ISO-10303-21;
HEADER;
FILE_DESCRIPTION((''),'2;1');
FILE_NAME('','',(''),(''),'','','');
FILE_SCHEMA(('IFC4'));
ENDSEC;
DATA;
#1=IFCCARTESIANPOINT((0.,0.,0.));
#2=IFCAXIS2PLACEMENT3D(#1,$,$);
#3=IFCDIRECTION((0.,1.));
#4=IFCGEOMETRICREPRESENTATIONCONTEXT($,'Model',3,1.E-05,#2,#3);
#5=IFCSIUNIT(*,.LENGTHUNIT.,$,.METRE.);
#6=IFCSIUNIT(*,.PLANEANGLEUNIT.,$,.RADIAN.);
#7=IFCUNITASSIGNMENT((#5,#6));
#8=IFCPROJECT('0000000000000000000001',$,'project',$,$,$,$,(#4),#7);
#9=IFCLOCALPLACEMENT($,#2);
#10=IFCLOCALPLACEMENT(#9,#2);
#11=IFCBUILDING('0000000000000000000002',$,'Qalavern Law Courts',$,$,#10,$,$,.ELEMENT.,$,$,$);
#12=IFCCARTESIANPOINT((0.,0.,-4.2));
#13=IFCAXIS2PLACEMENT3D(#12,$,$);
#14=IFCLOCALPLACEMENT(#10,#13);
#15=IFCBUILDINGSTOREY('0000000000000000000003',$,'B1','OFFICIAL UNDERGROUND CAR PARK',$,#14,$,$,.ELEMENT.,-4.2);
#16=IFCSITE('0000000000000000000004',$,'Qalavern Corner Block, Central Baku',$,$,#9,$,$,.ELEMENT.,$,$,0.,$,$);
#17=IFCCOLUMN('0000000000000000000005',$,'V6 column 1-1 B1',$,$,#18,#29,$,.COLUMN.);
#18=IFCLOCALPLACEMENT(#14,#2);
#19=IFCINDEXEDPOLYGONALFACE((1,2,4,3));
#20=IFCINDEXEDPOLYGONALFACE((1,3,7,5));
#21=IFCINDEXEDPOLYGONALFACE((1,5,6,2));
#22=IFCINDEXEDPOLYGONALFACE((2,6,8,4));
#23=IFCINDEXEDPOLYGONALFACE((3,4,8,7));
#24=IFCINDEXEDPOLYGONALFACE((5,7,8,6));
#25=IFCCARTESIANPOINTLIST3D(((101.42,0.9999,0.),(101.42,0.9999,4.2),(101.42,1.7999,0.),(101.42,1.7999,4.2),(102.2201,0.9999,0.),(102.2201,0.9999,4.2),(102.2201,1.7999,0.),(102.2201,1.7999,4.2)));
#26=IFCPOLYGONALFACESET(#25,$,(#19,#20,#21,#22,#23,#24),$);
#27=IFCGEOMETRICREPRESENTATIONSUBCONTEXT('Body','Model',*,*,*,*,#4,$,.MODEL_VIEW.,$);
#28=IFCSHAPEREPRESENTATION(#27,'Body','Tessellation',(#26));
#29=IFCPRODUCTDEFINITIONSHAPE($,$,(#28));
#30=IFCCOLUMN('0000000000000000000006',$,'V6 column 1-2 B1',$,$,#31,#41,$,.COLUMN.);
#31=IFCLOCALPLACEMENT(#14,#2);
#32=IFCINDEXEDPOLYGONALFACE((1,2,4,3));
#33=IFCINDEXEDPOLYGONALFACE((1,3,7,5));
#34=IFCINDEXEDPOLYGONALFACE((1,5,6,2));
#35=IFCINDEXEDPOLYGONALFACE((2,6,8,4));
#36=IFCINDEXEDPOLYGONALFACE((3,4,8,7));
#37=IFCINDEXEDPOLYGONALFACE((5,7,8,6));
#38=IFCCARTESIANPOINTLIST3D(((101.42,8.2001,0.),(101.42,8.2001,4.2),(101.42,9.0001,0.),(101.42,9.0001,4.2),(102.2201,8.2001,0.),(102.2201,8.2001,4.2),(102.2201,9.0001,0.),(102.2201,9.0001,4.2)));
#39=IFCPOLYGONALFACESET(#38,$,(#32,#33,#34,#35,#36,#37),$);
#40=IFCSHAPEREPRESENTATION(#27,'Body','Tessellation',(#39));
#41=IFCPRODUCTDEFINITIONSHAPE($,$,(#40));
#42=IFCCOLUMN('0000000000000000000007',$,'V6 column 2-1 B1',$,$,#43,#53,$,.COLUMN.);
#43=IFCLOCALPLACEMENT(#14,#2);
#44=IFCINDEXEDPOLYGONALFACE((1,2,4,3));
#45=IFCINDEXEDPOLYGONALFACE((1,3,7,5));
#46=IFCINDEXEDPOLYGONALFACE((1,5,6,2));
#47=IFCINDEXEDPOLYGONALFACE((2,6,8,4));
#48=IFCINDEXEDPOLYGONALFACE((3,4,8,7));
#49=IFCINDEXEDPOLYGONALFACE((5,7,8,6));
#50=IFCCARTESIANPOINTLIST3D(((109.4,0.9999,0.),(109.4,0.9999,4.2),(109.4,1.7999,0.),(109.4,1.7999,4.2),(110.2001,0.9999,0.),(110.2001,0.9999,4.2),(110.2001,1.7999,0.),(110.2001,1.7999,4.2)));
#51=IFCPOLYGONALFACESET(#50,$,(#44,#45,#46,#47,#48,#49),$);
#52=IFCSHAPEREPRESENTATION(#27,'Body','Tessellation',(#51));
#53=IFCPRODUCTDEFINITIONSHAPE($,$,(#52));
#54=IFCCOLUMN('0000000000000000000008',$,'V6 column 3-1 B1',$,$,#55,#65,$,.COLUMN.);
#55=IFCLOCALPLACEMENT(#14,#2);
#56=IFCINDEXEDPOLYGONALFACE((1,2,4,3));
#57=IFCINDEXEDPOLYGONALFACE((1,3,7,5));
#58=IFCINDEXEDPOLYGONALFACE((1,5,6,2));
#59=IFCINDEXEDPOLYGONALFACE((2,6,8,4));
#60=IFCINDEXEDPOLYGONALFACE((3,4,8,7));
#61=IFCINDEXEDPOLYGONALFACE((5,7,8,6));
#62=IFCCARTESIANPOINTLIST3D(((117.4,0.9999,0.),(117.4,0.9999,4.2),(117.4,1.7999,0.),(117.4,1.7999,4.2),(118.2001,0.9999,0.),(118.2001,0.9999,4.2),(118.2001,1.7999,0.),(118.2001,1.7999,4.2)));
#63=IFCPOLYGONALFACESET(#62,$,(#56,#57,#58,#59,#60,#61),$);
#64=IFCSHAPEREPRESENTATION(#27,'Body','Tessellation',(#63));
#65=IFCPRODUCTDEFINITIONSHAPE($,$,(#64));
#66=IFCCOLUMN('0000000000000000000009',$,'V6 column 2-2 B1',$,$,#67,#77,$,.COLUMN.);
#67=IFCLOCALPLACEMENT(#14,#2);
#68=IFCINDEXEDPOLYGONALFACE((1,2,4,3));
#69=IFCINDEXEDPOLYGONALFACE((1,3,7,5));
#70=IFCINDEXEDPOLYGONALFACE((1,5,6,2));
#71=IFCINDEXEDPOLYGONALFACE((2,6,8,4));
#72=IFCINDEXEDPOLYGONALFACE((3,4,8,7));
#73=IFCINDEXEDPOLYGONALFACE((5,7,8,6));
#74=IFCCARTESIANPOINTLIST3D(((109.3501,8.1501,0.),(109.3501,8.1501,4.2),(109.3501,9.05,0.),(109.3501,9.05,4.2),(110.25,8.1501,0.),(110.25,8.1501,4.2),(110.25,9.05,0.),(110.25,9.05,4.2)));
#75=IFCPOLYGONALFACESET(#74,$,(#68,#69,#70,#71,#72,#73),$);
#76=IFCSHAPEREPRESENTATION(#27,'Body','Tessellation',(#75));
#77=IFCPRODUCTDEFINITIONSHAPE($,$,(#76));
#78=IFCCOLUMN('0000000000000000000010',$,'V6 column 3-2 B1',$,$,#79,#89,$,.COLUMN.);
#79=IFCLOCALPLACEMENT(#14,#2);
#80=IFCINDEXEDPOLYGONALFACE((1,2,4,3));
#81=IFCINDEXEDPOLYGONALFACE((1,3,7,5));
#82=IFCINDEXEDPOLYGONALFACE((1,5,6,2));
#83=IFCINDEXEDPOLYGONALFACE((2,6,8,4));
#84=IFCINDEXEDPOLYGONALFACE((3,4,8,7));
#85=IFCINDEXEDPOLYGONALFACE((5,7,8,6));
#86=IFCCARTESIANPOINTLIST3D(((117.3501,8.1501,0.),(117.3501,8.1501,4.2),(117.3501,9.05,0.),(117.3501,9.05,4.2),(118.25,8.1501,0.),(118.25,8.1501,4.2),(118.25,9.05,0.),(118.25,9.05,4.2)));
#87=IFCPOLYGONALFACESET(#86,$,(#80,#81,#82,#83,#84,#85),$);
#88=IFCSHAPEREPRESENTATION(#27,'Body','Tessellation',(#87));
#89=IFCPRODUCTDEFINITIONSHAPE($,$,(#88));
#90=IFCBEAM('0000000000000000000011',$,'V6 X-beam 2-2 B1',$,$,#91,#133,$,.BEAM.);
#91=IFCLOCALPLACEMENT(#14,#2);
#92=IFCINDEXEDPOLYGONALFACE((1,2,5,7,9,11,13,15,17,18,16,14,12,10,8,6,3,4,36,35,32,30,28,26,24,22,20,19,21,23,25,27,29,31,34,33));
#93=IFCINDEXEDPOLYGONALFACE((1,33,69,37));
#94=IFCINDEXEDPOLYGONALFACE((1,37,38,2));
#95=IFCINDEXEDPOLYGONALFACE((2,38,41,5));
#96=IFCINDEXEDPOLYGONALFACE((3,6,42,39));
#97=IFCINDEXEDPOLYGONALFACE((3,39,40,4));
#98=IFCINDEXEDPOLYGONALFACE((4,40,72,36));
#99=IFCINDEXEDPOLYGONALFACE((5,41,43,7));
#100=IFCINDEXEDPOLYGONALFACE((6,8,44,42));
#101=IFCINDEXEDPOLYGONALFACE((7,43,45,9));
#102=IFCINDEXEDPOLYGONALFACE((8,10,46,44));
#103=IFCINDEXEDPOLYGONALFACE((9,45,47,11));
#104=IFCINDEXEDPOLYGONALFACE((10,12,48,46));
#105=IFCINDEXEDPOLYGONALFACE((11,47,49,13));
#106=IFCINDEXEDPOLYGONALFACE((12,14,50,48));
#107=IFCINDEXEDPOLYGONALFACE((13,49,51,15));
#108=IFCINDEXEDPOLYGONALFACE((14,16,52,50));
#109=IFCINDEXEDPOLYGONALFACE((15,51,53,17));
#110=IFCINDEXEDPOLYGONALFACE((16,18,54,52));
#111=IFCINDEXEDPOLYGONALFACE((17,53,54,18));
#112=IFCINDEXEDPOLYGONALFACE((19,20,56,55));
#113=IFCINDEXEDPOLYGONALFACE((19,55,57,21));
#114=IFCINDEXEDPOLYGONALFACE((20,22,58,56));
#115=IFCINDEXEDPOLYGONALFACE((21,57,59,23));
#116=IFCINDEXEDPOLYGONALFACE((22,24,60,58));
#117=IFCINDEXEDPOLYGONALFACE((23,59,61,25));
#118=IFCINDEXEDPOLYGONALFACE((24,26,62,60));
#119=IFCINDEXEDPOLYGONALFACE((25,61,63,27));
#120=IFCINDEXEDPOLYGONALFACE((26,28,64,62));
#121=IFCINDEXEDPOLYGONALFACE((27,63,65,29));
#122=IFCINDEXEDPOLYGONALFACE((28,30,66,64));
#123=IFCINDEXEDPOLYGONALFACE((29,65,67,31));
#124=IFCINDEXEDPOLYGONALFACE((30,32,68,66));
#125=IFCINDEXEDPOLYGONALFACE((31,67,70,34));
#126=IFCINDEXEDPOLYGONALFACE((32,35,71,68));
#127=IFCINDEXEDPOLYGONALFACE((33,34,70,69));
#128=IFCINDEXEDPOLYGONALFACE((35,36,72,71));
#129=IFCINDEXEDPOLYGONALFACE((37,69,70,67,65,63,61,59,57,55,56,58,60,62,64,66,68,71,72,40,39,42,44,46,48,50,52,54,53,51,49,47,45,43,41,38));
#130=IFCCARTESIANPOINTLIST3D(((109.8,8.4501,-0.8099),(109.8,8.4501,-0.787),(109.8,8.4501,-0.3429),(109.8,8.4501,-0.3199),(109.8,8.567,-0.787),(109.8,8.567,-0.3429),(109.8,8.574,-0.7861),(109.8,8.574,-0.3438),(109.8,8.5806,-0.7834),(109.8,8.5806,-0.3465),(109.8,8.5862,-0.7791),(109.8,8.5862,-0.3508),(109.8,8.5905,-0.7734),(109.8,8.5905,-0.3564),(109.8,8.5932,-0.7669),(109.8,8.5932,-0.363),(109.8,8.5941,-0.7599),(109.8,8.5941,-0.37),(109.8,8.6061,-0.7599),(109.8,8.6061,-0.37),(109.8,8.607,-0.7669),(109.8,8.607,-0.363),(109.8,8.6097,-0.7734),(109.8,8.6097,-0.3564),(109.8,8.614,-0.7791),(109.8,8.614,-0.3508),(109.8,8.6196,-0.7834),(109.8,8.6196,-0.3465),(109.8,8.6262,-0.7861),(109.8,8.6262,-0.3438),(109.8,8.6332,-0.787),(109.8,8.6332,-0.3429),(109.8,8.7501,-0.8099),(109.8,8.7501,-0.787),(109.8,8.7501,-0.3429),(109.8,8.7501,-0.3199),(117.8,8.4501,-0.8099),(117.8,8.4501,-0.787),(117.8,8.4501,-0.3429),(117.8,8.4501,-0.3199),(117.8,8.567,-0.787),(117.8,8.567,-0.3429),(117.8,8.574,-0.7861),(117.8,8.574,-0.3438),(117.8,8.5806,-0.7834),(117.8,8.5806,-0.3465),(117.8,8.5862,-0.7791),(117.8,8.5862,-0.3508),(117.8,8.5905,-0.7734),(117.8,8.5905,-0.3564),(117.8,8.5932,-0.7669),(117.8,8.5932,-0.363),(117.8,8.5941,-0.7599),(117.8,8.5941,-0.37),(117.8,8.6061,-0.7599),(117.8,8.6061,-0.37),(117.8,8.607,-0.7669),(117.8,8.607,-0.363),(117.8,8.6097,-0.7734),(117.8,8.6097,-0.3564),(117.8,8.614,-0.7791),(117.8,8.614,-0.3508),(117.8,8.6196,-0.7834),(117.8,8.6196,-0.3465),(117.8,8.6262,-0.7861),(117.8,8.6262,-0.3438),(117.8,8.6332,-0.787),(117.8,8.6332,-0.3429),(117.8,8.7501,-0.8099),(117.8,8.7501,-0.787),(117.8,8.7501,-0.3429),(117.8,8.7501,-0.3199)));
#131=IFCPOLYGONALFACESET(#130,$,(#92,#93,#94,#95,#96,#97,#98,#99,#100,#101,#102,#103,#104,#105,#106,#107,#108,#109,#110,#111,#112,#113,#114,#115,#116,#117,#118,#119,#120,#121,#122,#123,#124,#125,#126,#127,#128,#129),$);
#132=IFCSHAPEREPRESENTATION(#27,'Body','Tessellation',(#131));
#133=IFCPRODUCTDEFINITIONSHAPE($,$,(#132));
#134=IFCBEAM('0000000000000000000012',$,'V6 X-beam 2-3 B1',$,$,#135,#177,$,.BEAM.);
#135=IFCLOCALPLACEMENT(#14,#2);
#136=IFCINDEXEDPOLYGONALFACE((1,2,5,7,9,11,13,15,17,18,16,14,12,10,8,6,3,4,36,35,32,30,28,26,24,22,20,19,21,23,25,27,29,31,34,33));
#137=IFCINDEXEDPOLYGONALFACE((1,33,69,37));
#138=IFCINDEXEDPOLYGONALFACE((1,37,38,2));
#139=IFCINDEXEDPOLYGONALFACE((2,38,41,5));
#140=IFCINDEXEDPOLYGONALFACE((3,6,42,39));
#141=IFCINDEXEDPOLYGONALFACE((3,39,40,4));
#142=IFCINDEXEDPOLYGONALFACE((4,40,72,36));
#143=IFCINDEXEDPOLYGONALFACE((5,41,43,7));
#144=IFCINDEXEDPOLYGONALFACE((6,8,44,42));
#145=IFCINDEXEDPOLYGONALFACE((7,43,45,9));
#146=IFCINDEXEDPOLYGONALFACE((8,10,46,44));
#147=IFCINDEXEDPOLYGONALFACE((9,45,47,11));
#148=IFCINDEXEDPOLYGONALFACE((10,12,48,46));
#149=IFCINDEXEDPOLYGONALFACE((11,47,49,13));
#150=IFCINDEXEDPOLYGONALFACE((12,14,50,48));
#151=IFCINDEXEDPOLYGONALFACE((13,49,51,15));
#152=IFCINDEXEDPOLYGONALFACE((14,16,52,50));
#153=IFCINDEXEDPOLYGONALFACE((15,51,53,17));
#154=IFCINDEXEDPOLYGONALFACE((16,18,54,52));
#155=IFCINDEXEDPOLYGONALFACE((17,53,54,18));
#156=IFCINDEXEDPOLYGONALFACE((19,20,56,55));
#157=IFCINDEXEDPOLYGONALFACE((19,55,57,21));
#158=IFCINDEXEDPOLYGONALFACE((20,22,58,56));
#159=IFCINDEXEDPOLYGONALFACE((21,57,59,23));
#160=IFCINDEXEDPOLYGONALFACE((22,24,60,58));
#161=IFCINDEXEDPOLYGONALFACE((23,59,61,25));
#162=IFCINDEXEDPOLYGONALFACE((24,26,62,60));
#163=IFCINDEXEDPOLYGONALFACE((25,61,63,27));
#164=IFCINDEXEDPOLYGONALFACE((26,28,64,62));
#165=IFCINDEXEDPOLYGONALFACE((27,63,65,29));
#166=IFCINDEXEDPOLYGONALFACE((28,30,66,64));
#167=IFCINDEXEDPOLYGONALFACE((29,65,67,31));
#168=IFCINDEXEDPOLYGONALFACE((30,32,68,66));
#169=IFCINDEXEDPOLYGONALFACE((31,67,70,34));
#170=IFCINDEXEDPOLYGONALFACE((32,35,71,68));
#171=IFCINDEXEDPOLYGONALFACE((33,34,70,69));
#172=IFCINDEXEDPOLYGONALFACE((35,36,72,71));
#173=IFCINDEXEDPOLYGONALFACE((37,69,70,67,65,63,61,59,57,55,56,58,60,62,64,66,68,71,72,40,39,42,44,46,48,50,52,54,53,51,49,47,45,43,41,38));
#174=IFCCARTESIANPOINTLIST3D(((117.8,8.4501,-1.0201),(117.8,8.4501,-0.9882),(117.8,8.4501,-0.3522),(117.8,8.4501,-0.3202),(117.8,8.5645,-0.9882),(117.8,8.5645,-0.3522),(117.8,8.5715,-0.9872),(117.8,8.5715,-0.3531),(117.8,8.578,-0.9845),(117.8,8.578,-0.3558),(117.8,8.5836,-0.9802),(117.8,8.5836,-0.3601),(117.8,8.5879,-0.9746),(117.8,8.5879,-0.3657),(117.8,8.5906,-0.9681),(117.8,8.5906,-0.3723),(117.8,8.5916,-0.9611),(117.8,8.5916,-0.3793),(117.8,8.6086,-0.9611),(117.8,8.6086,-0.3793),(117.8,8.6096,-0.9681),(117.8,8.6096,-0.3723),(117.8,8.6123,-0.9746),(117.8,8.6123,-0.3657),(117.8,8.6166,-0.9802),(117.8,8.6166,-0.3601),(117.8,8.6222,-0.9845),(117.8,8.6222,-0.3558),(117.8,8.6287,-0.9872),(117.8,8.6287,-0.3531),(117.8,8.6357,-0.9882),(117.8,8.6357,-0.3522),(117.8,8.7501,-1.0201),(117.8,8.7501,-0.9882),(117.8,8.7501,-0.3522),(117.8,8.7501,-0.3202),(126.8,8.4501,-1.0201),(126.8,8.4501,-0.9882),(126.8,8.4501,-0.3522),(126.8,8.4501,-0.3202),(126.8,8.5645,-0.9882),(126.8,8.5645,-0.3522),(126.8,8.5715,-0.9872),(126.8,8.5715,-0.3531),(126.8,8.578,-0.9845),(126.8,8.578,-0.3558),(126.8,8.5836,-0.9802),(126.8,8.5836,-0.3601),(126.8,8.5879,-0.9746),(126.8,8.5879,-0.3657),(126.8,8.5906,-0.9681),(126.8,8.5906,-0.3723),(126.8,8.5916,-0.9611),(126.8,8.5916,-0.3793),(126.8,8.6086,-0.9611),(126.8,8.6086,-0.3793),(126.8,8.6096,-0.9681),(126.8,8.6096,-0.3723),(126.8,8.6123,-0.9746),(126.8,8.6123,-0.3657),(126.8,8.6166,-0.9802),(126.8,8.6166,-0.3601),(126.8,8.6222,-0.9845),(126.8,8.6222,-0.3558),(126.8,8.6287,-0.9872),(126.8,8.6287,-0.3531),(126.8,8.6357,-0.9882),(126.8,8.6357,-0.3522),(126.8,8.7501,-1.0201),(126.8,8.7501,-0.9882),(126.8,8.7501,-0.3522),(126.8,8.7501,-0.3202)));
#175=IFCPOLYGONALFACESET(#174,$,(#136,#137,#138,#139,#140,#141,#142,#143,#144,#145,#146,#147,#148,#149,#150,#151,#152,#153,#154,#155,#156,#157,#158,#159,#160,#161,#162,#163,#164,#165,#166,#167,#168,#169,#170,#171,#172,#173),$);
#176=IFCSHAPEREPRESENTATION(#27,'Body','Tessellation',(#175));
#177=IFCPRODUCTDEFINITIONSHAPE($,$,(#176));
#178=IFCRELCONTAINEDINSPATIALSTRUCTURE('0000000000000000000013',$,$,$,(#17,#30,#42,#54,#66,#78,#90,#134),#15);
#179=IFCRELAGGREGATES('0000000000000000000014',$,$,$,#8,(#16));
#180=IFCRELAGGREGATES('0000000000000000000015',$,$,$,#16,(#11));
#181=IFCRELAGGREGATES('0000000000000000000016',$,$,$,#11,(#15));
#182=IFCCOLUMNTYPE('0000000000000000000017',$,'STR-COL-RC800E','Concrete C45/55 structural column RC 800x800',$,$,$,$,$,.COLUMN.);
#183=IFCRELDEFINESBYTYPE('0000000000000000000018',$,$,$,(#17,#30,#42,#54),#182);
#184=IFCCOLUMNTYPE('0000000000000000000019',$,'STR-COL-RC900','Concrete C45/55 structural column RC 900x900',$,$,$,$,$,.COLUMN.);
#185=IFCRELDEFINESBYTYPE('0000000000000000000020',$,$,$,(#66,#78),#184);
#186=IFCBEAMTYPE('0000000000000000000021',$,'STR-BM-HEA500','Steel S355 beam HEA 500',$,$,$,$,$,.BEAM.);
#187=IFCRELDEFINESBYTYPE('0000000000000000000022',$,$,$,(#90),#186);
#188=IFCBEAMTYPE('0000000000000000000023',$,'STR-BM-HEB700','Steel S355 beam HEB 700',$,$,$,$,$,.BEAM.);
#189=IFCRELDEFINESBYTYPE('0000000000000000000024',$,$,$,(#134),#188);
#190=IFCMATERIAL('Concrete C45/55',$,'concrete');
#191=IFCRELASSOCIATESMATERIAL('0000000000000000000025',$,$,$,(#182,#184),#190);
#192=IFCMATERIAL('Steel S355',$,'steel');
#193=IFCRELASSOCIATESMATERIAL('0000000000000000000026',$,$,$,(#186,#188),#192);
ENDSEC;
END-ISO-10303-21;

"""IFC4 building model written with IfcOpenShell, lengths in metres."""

from ifc_helpers import new_model, si_unit, direction, frame, origin, origin_2d, place, context, subcontext, project, spatial, rectangle, i_section, extrude, material, material_profile, profile_set, type_object, element, save


model = new_model("IFC4")

# Units and contexts
model_context = context("Model", 3, precision=1e-05, world=origin(), true_north=direction((0.0, 1.0)))
body_context = subcontext(model_context, "Body", "Model", "MODEL_VIEW")
ifc_project = project(units=[si_unit("LENGTHUNIT", "METRE"), si_unit("PLANEANGLEUNIT", "RADIAN")], contexts=[model_context])

# Site, building, storey
site_placement = place(None, origin())
site = spatial("IfcSite", under=ifc_project, at=site_placement, Name="Qalavern Corner Block, Central Baku", CompositionType="ELEMENT", RefElevation=0.0)
building_placement = place(site_placement, origin())
building = spatial("IfcBuilding", under=site, at=building_placement, Name="Qalavern Law Courts", CompositionType="ELEMENT")
storey_placement = place(building_placement, frame((0.0, 0.0, -4.2)))
storey = spatial("IfcBuildingStorey", under=building, at=storey_placement, Name="B1", Description="OFFICIAL UNDERGROUND CAR PARK", CompositionType="ELEMENT", Elevation=-4.2)

# Columns
ifc_material_1 = material(Name="Concrete C45/55", Category="concrete")
ifc_material_profile_1 = material_profile(ifc_material_1, rectangle(XDim=0.8, YDim=0.8, at=origin_2d()), Name="RC 800x800")
ifc_profile_set_1 = profile_set([ifc_material_profile_1], Name="Concrete C45/55")
column_type_1 = type_object("IfcColumnType", Name="STR-COL-RC800E", Description="Concrete C45/55 structural column RC 800x800", PredefinedType="COLUMN", material=ifc_profile_set_1)
for number, where, z_axis, x_axis, name in (
    (1, (101.8201, 1.3999, 0.0), (0.0, 0.0, 1.0), (1.0, 0.0, 0.0), "V6 column 1-1 B1"),
    (2, (101.8201, 8.6001, 0.0), (0.0, 0.0, 1.0), (1.0, 0.0, 0.0), "V6 column 1-2 B1"),
    (3, (109.8, 1.3999, 0.0), (0.0, 0.0, 1.0), (1.0, 0.0, 0.0), "V6 column 2-1 B1"),
    (4, (117.8, 1.3999, 0.0), (0.0, 0.0, 1.0), (1.0, 0.0, 0.0), "V6 column 3-1 B1"),
):
    element("IfcColumn", number, at=place(storey_placement, frame(where, z_axis=z_axis, x_axis=x_axis)), inside=storey, type_object=column_type_1, Name=name, PredefinedType="COLUMN", context=body_context, shape_type="SweptSolid", body=[
        extrude(rectangle(XDim=0.8, YDim=0.8, at=origin_2d()), origin(), (0.0, 0.0, 1.0), 4.2),
    ])
ifc_material_profile_2 = material_profile(ifc_material_1, rectangle(XDim=0.8999, YDim=0.8999, at=origin_2d()), Name="RC 900x900")
ifc_profile_set_2 = profile_set([ifc_material_profile_2], Name="Concrete C45/55")
column_type_2 = type_object("IfcColumnType", Name="STR-COL-RC900", Description="Concrete C45/55 structural column RC 900x900", PredefinedType="COLUMN", material=ifc_profile_set_2)
for number, where, z_axis, x_axis, name in (
    (5, (109.8, 8.6001, 0.0), (0.0, 0.0, 1.0), (1.0, 0.0, 0.0), "V6 column 2-2 B1"),
    (6, (117.8, 8.6001, 0.0), (0.0, 0.0, 1.0), (1.0, 0.0, 0.0), "V6 column 3-2 B1"),
):
    element("IfcColumn", number, at=place(storey_placement, frame(where, z_axis=z_axis, x_axis=x_axis)), inside=storey, type_object=column_type_2, Name=name, PredefinedType="COLUMN", context=body_context, shape_type="SweptSolid", body=[
        extrude(rectangle(XDim=0.8999, YDim=0.8999, at=origin_2d()), origin(), (0.0, 0.0, 1.0), 4.2),
    ])

# Beams
ifc_material_2 = material(Name="Steel S355", Category="steel")
ifc_material_profile_3 = material_profile(ifc_material_2, i_section(OverallWidth=0.3, OverallDepth=0.49, WebThickness=0.012, FlangeThickness=0.0229, FilletRadius=0.0271, at=origin_2d()), Name="HEA 500")
ifc_profile_set_3 = profile_set([ifc_material_profile_3], Name="Steel S355")
beam_type_1 = type_object("IfcBeamType", Name="STR-BM-HEA500", Description="Steel S355 beam HEA 500", PredefinedType="BEAM", material=ifc_profile_set_3)
beam_1_placement = place(storey_placement, frame((109.8, 8.6001, -0.5649), z_axis=(1.0, 0.0, 0.0), x_axis=(0.0, 1.0, 0.0)))
element("IfcBeam", 7, at=beam_1_placement, inside=storey, type_object=beam_type_1, Name="V6 X-beam 2-2 B1", PredefinedType="BEAM", context=body_context, shape_type="SweptSolid", body=[
    extrude(i_section(OverallWidth=0.3, OverallDepth=0.49, WebThickness=0.012, FlangeThickness=0.0229, FilletRadius=0.0271, at=origin_2d()), origin(), (0.0, 0.0, 1.0), 8.0),
])
ifc_material_profile_4 = material_profile(ifc_material_2, i_section(OverallWidth=0.3, OverallDepth=0.7, WebThickness=0.0171, FlangeThickness=0.032, FilletRadius=0.0271, at=origin_2d()), Name="HEB 700")
ifc_profile_set_4 = profile_set([ifc_material_profile_4], Name="Steel S355")
beam_type_2 = type_object("IfcBeamType", Name="STR-BM-HEB700", Description="Steel S355 beam HEB 700", PredefinedType="BEAM", material=ifc_profile_set_4)
beam_2_placement = place(storey_placement, frame((117.8, 8.6001, -0.6702), z_axis=(1.0, 0.0, 0.0), x_axis=(0.0, 1.0, 0.0)))
element("IfcBeam", 8, at=beam_2_placement, inside=storey, type_object=beam_type_2, Name="V6 X-beam 2-3 B1", PredefinedType="BEAM", context=body_context, shape_type="SweptSolid", body=[
    extrude(i_section(OverallWidth=0.3, OverallDepth=0.7, WebThickness=0.0171, FlangeThickness=0.032, FilletRadius=0.0271, at=origin_2d()), origin(), (0.0, 0.0, 1.0), 9.0),
])

save(model, "model.ifc")
